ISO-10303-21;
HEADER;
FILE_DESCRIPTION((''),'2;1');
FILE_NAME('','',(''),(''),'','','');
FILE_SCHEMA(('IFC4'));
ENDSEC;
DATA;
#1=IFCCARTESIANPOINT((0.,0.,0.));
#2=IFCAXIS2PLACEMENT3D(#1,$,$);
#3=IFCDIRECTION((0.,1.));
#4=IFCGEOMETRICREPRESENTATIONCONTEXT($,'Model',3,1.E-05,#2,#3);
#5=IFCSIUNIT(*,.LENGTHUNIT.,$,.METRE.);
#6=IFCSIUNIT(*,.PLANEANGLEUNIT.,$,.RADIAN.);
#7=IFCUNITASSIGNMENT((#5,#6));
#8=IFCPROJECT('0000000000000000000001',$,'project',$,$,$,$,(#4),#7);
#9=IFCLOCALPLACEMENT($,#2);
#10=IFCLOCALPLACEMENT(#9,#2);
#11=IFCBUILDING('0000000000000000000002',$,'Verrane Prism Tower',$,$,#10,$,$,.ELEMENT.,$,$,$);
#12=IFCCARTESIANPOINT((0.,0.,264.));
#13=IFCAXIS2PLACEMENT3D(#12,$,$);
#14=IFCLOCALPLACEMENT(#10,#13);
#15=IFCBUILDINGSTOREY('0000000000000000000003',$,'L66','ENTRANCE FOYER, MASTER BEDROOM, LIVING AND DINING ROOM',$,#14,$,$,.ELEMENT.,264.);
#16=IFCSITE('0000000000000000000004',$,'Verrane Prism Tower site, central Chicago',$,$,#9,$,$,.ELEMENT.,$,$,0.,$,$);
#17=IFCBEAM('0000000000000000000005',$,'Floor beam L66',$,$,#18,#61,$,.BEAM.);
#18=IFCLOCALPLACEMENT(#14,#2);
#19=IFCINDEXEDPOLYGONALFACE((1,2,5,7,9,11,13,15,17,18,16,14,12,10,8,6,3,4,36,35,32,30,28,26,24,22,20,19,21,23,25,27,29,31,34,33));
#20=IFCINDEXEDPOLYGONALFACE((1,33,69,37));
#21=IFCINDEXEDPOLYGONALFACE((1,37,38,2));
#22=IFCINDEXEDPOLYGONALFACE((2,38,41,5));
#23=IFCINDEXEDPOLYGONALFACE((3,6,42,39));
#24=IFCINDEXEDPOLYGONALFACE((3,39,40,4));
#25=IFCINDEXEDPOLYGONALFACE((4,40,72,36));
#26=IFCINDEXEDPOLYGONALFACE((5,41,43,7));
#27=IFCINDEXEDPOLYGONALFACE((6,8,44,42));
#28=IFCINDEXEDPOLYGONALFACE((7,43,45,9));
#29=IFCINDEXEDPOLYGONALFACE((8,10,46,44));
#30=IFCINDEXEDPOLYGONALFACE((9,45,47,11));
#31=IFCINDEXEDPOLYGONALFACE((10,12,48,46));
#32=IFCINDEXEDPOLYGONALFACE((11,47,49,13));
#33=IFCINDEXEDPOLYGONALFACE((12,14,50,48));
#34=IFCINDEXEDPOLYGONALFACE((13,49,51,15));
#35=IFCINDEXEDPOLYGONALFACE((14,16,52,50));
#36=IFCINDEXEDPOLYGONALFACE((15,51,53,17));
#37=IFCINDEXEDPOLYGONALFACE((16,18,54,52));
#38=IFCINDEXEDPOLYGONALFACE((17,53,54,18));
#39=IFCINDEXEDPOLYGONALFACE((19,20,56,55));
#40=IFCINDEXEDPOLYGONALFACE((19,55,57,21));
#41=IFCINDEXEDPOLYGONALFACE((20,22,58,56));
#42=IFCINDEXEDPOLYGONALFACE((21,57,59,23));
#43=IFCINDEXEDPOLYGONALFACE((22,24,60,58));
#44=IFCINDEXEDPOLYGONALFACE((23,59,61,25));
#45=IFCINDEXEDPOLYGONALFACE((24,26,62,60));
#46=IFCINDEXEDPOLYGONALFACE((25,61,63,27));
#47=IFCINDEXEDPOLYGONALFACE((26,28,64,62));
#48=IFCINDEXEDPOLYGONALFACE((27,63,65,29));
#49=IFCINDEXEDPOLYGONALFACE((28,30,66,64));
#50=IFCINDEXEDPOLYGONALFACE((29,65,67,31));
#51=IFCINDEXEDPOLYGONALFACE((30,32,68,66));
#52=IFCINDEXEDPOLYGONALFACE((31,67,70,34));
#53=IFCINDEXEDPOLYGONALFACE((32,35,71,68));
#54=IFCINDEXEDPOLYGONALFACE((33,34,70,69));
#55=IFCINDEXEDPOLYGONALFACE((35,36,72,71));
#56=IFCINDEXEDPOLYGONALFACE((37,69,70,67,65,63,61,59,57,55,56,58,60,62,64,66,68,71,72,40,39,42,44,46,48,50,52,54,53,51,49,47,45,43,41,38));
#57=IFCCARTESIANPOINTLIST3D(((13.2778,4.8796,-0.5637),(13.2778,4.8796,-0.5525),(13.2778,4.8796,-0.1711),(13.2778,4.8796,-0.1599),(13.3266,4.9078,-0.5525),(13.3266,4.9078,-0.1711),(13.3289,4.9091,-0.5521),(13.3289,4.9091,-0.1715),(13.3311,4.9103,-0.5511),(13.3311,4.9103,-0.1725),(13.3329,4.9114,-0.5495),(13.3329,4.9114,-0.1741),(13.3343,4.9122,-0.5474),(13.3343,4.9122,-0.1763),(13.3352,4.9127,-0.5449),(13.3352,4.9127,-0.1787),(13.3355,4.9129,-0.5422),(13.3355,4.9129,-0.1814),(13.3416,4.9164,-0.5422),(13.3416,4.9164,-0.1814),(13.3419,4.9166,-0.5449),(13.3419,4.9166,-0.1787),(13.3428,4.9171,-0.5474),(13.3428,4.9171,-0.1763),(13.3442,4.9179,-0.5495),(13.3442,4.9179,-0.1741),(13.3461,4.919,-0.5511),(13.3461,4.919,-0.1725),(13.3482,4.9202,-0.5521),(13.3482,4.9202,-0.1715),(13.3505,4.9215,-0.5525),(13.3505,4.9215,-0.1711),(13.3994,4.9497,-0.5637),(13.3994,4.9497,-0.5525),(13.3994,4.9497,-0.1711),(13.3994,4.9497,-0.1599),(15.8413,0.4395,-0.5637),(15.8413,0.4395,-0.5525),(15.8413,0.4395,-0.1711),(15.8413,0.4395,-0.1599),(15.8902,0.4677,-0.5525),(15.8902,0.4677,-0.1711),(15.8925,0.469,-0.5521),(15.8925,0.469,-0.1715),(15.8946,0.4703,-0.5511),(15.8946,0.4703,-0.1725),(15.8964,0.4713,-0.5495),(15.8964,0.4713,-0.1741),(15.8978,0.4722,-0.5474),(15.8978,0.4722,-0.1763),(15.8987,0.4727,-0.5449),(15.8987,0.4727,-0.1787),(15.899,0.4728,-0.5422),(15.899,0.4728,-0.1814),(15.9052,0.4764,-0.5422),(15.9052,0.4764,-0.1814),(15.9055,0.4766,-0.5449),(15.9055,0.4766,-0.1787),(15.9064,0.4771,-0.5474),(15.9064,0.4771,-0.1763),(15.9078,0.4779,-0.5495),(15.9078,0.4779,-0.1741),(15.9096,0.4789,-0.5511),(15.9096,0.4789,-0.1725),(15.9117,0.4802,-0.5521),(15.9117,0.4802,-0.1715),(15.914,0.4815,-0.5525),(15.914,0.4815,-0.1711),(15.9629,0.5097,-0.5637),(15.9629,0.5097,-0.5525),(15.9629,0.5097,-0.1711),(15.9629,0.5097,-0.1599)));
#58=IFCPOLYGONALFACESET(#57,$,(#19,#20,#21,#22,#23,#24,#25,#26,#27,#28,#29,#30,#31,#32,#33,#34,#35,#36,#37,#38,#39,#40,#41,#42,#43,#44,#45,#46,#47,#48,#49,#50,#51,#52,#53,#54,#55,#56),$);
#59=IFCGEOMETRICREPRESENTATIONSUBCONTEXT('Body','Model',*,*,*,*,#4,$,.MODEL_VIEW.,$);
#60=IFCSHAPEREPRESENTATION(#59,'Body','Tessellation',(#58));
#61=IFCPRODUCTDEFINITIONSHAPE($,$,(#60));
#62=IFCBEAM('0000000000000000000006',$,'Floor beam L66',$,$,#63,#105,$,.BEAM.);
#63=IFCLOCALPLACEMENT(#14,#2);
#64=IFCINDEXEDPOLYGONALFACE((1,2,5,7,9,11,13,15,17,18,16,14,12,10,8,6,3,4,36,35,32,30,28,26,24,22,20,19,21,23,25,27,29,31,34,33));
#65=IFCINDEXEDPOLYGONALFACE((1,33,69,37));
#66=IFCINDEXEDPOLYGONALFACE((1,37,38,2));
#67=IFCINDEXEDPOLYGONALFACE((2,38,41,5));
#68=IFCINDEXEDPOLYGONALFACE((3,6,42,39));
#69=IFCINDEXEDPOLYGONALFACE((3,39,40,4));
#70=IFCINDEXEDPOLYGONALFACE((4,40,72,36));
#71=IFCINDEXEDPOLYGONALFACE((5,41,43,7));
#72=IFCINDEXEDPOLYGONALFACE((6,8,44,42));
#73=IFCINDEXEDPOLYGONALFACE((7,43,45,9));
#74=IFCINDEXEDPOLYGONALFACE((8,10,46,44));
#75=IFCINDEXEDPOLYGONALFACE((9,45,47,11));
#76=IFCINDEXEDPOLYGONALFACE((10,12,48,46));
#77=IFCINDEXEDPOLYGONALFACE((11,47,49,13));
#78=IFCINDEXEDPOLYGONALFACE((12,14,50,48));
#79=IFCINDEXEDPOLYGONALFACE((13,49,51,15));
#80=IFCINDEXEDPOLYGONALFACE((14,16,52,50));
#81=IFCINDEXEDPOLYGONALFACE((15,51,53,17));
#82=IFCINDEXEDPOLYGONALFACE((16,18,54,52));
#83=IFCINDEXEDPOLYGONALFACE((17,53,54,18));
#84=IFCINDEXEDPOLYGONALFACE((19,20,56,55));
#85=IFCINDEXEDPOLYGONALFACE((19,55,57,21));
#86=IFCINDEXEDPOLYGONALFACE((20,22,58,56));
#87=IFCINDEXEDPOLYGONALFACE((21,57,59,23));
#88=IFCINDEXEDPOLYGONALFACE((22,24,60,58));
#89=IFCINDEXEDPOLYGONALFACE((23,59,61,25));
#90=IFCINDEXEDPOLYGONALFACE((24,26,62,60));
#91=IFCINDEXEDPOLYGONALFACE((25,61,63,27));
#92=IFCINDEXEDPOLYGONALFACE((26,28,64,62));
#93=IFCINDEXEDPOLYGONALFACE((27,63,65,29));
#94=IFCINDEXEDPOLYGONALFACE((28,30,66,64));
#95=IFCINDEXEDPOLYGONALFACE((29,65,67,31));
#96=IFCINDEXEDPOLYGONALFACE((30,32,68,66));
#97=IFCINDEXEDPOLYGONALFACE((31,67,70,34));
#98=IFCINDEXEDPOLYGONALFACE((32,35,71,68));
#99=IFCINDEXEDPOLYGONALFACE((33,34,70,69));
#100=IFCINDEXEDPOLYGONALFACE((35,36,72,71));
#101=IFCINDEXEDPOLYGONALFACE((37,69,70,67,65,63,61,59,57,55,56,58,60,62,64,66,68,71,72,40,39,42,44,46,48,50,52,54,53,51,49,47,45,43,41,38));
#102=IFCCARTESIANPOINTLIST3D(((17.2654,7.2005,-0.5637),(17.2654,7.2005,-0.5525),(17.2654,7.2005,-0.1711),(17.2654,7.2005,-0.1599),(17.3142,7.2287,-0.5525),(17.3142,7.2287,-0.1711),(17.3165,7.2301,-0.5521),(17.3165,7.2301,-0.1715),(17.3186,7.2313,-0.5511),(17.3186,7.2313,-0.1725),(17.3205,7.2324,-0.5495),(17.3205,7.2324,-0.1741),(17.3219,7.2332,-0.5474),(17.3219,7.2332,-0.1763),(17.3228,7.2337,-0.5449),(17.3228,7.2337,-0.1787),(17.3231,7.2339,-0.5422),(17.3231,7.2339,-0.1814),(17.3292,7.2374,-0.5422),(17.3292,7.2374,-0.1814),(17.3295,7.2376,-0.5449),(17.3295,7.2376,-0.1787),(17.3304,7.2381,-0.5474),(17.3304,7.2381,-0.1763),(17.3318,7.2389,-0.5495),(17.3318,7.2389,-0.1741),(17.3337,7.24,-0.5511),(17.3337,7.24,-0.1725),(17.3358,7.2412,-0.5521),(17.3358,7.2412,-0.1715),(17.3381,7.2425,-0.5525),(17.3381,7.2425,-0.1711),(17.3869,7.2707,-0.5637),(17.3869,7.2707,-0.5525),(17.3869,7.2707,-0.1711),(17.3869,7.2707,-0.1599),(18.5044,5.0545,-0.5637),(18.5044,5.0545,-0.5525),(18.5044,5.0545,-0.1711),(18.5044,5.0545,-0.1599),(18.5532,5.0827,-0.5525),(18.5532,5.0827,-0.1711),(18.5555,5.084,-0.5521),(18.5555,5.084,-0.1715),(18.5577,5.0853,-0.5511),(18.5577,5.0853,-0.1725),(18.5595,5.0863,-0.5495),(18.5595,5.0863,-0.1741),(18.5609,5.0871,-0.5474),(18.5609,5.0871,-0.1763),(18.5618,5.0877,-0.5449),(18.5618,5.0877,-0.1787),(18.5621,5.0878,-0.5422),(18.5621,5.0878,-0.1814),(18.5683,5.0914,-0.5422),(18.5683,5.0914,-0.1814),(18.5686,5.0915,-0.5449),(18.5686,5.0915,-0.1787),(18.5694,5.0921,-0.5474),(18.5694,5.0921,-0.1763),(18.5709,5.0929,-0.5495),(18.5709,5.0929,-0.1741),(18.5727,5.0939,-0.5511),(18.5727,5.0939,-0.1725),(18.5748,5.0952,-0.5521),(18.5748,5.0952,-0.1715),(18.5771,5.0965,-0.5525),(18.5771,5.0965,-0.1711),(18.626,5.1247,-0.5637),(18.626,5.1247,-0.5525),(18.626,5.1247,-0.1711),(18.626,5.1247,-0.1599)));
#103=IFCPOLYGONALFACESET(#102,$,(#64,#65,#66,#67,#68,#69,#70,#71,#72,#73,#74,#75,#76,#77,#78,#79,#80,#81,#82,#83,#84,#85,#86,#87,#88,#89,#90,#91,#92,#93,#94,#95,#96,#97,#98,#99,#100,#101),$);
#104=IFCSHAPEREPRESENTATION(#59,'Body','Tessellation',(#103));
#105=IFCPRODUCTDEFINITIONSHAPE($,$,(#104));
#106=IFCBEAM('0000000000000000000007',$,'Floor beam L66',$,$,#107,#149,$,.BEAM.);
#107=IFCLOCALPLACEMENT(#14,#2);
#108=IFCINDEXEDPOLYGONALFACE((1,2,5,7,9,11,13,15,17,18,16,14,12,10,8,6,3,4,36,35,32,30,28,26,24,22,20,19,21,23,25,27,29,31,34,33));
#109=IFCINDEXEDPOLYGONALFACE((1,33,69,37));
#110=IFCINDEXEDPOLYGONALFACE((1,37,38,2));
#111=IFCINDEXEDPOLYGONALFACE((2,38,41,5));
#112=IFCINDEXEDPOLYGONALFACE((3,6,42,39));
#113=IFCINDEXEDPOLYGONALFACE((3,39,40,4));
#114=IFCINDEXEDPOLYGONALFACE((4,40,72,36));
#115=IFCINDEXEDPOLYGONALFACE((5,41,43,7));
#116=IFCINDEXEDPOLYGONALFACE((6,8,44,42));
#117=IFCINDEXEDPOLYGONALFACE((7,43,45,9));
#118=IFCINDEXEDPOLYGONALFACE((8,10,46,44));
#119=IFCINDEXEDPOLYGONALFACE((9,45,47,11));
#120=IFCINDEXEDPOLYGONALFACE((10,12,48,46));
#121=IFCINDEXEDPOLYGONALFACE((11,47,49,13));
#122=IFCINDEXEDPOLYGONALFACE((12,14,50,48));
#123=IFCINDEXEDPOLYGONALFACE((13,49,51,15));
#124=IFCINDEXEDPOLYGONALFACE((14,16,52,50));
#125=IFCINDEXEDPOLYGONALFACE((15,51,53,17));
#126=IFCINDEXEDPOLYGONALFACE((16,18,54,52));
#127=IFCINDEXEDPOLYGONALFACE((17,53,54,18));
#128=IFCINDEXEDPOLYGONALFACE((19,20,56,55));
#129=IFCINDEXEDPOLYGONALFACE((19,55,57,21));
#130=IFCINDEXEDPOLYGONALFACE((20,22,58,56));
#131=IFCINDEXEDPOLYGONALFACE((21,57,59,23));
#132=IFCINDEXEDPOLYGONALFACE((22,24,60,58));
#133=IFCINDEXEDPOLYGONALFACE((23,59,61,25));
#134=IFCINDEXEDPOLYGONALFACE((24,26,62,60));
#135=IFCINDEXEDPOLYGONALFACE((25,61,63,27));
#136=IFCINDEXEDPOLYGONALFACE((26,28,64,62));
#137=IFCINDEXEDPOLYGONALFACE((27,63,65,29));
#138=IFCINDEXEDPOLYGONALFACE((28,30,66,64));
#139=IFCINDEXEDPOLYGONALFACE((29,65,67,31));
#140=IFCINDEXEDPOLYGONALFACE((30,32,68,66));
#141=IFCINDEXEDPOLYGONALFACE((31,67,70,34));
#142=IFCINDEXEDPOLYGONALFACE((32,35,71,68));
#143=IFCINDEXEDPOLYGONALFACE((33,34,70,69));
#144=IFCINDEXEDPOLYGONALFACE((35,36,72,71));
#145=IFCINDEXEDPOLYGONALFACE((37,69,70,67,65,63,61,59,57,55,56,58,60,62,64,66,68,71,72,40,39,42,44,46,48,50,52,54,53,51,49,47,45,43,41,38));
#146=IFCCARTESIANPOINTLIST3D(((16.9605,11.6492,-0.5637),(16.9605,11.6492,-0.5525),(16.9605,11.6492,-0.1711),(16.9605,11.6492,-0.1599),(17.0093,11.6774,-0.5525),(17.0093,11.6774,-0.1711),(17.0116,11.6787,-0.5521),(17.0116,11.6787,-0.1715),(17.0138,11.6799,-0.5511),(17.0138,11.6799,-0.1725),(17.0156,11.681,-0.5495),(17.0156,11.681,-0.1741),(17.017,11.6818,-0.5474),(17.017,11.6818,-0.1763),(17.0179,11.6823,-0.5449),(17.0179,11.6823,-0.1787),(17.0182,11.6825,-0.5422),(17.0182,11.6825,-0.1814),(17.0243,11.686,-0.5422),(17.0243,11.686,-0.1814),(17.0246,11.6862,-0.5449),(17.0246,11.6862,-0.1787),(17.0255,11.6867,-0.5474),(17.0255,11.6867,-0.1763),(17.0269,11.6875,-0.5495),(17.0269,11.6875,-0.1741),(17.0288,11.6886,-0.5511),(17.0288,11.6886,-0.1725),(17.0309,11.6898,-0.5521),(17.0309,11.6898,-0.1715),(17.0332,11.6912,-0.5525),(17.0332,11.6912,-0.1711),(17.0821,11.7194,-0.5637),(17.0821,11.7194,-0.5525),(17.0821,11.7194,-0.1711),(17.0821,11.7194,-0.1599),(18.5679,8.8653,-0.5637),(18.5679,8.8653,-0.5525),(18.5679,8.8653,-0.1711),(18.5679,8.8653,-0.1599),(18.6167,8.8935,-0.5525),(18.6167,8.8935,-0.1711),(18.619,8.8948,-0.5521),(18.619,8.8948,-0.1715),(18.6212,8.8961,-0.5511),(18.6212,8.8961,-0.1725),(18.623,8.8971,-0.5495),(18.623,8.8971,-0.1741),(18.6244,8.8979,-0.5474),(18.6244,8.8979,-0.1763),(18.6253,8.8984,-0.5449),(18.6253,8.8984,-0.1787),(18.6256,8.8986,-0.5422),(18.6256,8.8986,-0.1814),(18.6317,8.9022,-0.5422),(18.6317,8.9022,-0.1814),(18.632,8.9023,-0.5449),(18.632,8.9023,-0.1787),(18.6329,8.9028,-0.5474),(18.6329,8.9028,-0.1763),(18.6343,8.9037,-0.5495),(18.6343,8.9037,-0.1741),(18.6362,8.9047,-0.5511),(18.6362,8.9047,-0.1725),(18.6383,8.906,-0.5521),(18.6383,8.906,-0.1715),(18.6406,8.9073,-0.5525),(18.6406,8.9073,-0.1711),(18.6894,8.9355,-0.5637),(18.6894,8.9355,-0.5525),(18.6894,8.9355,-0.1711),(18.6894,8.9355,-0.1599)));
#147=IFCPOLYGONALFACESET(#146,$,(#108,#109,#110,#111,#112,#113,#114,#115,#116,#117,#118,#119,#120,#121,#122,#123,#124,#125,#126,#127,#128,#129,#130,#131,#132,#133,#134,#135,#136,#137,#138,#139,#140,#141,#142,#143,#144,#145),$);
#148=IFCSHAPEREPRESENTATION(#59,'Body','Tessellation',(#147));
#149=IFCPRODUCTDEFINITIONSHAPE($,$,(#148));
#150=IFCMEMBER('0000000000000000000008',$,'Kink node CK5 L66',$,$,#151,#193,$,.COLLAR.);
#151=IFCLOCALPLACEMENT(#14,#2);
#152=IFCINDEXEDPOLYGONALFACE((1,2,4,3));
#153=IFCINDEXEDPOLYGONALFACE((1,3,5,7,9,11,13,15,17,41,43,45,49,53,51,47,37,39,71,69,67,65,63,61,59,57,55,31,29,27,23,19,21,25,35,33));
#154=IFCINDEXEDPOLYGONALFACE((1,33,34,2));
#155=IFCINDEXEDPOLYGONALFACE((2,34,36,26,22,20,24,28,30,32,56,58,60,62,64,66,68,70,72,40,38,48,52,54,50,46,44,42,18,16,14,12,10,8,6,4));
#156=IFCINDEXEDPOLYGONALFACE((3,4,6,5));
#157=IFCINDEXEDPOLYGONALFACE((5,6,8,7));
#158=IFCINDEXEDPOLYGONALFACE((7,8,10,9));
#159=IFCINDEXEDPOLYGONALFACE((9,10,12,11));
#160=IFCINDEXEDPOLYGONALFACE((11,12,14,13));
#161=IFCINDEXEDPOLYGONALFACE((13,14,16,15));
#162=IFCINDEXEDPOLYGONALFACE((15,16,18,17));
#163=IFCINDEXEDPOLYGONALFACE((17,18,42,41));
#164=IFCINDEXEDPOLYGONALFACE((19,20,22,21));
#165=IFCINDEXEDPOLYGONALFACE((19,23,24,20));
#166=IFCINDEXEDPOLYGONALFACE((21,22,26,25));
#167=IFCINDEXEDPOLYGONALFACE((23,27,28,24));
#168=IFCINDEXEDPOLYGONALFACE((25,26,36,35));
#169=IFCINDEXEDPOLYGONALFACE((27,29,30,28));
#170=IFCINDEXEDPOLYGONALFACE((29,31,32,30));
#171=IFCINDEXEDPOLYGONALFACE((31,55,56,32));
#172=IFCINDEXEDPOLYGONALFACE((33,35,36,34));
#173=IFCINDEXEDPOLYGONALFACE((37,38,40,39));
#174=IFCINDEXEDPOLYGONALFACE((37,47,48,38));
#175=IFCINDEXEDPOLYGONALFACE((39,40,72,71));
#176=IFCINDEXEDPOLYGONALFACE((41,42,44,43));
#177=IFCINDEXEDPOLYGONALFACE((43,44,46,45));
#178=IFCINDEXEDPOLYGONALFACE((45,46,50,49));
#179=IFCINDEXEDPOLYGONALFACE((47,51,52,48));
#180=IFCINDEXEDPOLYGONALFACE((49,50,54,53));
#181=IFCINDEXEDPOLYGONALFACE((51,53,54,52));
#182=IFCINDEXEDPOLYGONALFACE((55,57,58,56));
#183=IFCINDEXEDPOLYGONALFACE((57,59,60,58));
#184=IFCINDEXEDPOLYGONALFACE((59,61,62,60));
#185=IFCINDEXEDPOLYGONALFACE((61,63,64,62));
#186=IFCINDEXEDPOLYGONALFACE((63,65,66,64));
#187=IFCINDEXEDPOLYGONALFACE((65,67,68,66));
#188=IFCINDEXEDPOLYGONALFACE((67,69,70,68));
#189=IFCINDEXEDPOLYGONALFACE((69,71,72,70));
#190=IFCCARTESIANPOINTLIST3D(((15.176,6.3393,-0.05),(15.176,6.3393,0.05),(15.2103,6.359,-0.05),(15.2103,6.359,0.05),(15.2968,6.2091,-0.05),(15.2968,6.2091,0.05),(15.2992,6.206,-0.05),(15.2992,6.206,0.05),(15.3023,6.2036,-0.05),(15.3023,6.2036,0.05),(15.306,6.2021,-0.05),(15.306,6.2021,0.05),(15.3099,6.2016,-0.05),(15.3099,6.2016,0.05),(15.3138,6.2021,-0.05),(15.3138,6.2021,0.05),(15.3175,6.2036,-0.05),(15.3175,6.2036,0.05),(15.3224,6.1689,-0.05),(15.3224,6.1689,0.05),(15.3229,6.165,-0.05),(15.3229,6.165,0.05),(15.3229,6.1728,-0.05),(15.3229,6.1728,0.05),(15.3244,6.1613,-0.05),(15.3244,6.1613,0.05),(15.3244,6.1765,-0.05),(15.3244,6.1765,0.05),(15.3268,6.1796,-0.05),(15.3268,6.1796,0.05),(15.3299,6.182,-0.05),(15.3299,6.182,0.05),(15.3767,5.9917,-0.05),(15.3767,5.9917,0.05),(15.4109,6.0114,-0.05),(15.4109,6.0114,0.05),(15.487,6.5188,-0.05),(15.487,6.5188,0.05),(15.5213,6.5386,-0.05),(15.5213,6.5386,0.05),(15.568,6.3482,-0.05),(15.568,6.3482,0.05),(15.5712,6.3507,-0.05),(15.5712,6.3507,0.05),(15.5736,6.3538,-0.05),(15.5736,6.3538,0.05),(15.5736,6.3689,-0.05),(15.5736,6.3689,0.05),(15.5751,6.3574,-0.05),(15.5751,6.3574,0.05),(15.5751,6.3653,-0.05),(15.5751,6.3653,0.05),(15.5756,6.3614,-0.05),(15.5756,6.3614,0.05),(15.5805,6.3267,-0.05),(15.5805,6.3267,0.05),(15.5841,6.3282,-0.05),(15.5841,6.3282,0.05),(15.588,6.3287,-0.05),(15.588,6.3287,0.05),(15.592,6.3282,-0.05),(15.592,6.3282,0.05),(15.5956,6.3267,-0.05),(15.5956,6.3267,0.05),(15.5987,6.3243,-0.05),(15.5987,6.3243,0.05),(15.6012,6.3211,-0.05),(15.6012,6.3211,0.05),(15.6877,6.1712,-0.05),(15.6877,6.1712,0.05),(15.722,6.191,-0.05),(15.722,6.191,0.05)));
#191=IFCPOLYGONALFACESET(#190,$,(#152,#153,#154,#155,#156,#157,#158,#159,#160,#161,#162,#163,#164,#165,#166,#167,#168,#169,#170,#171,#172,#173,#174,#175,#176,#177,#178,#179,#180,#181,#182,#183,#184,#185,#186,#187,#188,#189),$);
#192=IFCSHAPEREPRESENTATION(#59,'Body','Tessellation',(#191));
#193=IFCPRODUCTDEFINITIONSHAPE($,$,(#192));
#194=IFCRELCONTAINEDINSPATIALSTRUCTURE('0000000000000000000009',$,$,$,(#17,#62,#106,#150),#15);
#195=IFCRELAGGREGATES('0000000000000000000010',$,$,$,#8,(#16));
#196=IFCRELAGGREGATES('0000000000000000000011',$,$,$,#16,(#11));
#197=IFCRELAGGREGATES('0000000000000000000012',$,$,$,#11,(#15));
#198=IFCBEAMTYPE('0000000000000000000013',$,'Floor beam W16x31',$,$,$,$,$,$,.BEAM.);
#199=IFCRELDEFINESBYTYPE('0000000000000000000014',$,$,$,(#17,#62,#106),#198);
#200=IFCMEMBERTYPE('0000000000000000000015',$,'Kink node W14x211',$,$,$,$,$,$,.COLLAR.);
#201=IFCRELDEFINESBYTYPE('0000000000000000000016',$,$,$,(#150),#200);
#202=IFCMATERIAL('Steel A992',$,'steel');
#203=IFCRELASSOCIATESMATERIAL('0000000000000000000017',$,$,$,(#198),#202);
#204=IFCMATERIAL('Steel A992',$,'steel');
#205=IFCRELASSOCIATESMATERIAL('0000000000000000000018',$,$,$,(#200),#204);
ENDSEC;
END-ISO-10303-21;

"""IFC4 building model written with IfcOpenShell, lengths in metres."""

from ifc_helpers import new_model, si_unit, direction, frame, origin, origin_2d, place, context, subcontext, project, spatial, i_section, extrude, material, material_profile, profile_set, type_object, element, save


model = new_model("IFC4")

# Units and contexts
model_context = context("Model", 3, precision=1e-05, world=origin(), true_north=direction((0.0, 1.0)))
body_context = subcontext(model_context, "Body", "Model", "MODEL_VIEW")
ifc_project = project(units=[si_unit("LENGTHUNIT", "METRE"), si_unit("PLANEANGLEUNIT", "RADIAN")], contexts=[model_context])

# Site, building, storey
site_placement = place(None, origin())
site = spatial("IfcSite", under=ifc_project, at=site_placement, Name="Verrane Prism Tower site, central Chicago", CompositionType="ELEMENT", RefElevation=0.0)
building_placement = place(site_placement, origin())
building = spatial("IfcBuilding", under=site, at=building_placement, Name="Verrane Prism Tower", CompositionType="ELEMENT")
storey_placement = place(building_placement, frame((0.0, 0.0, 264.0)))
storey = spatial("IfcBuildingStorey", under=building, at=storey_placement, Name="L66", Description="ENTRANCE FOYER, MASTER BEDROOM, LIVING AND DINING ROOM", CompositionType="ELEMENT", Elevation=264.0)

# Beams
ifc_material_1 = material(Name="Steel A992", Category="steel")
ifc_material_profile_1 = material_profile(ifc_material_1, i_section(OverallWidth=0.1404, OverallDepth=0.4038, WebThickness=0.0071, FlangeThickness=0.0112, FilletRadius=0.0103, at=origin_2d()), Name="W16x31")
ifc_profile_set_1 = profile_set([ifc_material_profile_1], Name="Steel A992")
beam_type_1 = type_object("IfcBeamType", Name="Floor beam W16x31", PredefinedType="BEAM", material=ifc_profile_set_1)
beam_1_placement = place(storey_placement, frame((15.9021, 0.4746, -0.3618), z_axis=(-0.500011, 0.866019, 0.0), x_axis=(-0.866019, -0.500011, 0.0)))
element("IfcBeam", 1, at=beam_1_placement, inside=storey, type_object=beam_type_1, Name="Floor beam L66", PredefinedType="BEAM", context=body_context, shape_type="SweptSolid", body=[
    extrude(i_section(OverallWidth=0.1404, OverallDepth=0.4038, WebThickness=0.0071, FlangeThickness=0.0112, FilletRadius=0.0103, at=origin_2d()), origin(), (0.0, 0.0, 1.0), 5.127),
])
beam_2_placement = place(storey_placement, frame((18.5652, 5.0896, -0.3618), z_axis=(-0.500007, 0.866022, 0.0), x_axis=(-0.866022, -0.500007, 0.0)))
element("IfcBeam", 2, at=beam_2_placement, inside=storey, type_object=beam_type_1, Name="Floor beam L66", PredefinedType="BEAM", context=body_context, shape_type="SweptSolid", body=[
    extrude(i_section(OverallWidth=0.1404, OverallDepth=0.4038, WebThickness=0.0071, FlangeThickness=0.0112, FilletRadius=0.0103, at=origin_2d()), origin(), (0.0, 0.0, 1.0), 2.478),
])
beam_3_placement = place(storey_placement, frame((18.6287, 8.9004, -0.3618), z_axis=(-0.500027, 0.86601, 0.0), x_axis=(-0.86601, -0.500027, 0.0)))
element("IfcBeam", 3, at=beam_3_placement, inside=storey, type_object=beam_type_1, Name="Floor beam L66", PredefinedType="BEAM", context=body_context, shape_type="SweptSolid", body=[
    extrude(i_section(OverallWidth=0.1404, OverallDepth=0.4038, WebThickness=0.0071, FlangeThickness=0.0112, FilletRadius=0.0103, at=origin_2d()), origin(), (0.0, 0.0, 1.0), 3.2146),
])

# Member
ifc_material_2 = material(Name="Steel A992", Category="steel")
ifc_material_profile_2 = material_profile(ifc_material_2, i_section(OverallWidth=0.4014, OverallDepth=0.3987, WebThickness=0.0249, FlangeThickness=0.0396, FilletRadius=0.0151, at=origin_2d()), Name="W14x211")
ifc_profile_set_2 = profile_set([ifc_material_profile_2], Name="Steel A992")
member_type_1 = type_object("IfcMemberType", Name="Kink node W14x211", PredefinedType="COLLAR", material=ifc_profile_set_2)
for number, where, z_axis, x_axis, name in (
    (4, (15.449, 6.2651, -0.05), (0.0, 0.0, 1.0), (0.5, -0.866025, 0.0), "Kink node CK5 L66"),
):
    element("IfcMember", number, at=place(storey_placement, frame(where, z_axis=z_axis, x_axis=x_axis)), inside=storey, type_object=member_type_1, Name=name, PredefinedType="COLLAR", context=body_context, shape_type="SweptSolid", body=[
        extrude(i_section(OverallWidth=0.4014, OverallDepth=0.3987, WebThickness=0.0249, FlangeThickness=0.0396, FilletRadius=0.0151, at=origin_2d()), origin(), (0.0, 0.0, 1.0), 0.1001),
    ])

save(model, "model.ifc")
